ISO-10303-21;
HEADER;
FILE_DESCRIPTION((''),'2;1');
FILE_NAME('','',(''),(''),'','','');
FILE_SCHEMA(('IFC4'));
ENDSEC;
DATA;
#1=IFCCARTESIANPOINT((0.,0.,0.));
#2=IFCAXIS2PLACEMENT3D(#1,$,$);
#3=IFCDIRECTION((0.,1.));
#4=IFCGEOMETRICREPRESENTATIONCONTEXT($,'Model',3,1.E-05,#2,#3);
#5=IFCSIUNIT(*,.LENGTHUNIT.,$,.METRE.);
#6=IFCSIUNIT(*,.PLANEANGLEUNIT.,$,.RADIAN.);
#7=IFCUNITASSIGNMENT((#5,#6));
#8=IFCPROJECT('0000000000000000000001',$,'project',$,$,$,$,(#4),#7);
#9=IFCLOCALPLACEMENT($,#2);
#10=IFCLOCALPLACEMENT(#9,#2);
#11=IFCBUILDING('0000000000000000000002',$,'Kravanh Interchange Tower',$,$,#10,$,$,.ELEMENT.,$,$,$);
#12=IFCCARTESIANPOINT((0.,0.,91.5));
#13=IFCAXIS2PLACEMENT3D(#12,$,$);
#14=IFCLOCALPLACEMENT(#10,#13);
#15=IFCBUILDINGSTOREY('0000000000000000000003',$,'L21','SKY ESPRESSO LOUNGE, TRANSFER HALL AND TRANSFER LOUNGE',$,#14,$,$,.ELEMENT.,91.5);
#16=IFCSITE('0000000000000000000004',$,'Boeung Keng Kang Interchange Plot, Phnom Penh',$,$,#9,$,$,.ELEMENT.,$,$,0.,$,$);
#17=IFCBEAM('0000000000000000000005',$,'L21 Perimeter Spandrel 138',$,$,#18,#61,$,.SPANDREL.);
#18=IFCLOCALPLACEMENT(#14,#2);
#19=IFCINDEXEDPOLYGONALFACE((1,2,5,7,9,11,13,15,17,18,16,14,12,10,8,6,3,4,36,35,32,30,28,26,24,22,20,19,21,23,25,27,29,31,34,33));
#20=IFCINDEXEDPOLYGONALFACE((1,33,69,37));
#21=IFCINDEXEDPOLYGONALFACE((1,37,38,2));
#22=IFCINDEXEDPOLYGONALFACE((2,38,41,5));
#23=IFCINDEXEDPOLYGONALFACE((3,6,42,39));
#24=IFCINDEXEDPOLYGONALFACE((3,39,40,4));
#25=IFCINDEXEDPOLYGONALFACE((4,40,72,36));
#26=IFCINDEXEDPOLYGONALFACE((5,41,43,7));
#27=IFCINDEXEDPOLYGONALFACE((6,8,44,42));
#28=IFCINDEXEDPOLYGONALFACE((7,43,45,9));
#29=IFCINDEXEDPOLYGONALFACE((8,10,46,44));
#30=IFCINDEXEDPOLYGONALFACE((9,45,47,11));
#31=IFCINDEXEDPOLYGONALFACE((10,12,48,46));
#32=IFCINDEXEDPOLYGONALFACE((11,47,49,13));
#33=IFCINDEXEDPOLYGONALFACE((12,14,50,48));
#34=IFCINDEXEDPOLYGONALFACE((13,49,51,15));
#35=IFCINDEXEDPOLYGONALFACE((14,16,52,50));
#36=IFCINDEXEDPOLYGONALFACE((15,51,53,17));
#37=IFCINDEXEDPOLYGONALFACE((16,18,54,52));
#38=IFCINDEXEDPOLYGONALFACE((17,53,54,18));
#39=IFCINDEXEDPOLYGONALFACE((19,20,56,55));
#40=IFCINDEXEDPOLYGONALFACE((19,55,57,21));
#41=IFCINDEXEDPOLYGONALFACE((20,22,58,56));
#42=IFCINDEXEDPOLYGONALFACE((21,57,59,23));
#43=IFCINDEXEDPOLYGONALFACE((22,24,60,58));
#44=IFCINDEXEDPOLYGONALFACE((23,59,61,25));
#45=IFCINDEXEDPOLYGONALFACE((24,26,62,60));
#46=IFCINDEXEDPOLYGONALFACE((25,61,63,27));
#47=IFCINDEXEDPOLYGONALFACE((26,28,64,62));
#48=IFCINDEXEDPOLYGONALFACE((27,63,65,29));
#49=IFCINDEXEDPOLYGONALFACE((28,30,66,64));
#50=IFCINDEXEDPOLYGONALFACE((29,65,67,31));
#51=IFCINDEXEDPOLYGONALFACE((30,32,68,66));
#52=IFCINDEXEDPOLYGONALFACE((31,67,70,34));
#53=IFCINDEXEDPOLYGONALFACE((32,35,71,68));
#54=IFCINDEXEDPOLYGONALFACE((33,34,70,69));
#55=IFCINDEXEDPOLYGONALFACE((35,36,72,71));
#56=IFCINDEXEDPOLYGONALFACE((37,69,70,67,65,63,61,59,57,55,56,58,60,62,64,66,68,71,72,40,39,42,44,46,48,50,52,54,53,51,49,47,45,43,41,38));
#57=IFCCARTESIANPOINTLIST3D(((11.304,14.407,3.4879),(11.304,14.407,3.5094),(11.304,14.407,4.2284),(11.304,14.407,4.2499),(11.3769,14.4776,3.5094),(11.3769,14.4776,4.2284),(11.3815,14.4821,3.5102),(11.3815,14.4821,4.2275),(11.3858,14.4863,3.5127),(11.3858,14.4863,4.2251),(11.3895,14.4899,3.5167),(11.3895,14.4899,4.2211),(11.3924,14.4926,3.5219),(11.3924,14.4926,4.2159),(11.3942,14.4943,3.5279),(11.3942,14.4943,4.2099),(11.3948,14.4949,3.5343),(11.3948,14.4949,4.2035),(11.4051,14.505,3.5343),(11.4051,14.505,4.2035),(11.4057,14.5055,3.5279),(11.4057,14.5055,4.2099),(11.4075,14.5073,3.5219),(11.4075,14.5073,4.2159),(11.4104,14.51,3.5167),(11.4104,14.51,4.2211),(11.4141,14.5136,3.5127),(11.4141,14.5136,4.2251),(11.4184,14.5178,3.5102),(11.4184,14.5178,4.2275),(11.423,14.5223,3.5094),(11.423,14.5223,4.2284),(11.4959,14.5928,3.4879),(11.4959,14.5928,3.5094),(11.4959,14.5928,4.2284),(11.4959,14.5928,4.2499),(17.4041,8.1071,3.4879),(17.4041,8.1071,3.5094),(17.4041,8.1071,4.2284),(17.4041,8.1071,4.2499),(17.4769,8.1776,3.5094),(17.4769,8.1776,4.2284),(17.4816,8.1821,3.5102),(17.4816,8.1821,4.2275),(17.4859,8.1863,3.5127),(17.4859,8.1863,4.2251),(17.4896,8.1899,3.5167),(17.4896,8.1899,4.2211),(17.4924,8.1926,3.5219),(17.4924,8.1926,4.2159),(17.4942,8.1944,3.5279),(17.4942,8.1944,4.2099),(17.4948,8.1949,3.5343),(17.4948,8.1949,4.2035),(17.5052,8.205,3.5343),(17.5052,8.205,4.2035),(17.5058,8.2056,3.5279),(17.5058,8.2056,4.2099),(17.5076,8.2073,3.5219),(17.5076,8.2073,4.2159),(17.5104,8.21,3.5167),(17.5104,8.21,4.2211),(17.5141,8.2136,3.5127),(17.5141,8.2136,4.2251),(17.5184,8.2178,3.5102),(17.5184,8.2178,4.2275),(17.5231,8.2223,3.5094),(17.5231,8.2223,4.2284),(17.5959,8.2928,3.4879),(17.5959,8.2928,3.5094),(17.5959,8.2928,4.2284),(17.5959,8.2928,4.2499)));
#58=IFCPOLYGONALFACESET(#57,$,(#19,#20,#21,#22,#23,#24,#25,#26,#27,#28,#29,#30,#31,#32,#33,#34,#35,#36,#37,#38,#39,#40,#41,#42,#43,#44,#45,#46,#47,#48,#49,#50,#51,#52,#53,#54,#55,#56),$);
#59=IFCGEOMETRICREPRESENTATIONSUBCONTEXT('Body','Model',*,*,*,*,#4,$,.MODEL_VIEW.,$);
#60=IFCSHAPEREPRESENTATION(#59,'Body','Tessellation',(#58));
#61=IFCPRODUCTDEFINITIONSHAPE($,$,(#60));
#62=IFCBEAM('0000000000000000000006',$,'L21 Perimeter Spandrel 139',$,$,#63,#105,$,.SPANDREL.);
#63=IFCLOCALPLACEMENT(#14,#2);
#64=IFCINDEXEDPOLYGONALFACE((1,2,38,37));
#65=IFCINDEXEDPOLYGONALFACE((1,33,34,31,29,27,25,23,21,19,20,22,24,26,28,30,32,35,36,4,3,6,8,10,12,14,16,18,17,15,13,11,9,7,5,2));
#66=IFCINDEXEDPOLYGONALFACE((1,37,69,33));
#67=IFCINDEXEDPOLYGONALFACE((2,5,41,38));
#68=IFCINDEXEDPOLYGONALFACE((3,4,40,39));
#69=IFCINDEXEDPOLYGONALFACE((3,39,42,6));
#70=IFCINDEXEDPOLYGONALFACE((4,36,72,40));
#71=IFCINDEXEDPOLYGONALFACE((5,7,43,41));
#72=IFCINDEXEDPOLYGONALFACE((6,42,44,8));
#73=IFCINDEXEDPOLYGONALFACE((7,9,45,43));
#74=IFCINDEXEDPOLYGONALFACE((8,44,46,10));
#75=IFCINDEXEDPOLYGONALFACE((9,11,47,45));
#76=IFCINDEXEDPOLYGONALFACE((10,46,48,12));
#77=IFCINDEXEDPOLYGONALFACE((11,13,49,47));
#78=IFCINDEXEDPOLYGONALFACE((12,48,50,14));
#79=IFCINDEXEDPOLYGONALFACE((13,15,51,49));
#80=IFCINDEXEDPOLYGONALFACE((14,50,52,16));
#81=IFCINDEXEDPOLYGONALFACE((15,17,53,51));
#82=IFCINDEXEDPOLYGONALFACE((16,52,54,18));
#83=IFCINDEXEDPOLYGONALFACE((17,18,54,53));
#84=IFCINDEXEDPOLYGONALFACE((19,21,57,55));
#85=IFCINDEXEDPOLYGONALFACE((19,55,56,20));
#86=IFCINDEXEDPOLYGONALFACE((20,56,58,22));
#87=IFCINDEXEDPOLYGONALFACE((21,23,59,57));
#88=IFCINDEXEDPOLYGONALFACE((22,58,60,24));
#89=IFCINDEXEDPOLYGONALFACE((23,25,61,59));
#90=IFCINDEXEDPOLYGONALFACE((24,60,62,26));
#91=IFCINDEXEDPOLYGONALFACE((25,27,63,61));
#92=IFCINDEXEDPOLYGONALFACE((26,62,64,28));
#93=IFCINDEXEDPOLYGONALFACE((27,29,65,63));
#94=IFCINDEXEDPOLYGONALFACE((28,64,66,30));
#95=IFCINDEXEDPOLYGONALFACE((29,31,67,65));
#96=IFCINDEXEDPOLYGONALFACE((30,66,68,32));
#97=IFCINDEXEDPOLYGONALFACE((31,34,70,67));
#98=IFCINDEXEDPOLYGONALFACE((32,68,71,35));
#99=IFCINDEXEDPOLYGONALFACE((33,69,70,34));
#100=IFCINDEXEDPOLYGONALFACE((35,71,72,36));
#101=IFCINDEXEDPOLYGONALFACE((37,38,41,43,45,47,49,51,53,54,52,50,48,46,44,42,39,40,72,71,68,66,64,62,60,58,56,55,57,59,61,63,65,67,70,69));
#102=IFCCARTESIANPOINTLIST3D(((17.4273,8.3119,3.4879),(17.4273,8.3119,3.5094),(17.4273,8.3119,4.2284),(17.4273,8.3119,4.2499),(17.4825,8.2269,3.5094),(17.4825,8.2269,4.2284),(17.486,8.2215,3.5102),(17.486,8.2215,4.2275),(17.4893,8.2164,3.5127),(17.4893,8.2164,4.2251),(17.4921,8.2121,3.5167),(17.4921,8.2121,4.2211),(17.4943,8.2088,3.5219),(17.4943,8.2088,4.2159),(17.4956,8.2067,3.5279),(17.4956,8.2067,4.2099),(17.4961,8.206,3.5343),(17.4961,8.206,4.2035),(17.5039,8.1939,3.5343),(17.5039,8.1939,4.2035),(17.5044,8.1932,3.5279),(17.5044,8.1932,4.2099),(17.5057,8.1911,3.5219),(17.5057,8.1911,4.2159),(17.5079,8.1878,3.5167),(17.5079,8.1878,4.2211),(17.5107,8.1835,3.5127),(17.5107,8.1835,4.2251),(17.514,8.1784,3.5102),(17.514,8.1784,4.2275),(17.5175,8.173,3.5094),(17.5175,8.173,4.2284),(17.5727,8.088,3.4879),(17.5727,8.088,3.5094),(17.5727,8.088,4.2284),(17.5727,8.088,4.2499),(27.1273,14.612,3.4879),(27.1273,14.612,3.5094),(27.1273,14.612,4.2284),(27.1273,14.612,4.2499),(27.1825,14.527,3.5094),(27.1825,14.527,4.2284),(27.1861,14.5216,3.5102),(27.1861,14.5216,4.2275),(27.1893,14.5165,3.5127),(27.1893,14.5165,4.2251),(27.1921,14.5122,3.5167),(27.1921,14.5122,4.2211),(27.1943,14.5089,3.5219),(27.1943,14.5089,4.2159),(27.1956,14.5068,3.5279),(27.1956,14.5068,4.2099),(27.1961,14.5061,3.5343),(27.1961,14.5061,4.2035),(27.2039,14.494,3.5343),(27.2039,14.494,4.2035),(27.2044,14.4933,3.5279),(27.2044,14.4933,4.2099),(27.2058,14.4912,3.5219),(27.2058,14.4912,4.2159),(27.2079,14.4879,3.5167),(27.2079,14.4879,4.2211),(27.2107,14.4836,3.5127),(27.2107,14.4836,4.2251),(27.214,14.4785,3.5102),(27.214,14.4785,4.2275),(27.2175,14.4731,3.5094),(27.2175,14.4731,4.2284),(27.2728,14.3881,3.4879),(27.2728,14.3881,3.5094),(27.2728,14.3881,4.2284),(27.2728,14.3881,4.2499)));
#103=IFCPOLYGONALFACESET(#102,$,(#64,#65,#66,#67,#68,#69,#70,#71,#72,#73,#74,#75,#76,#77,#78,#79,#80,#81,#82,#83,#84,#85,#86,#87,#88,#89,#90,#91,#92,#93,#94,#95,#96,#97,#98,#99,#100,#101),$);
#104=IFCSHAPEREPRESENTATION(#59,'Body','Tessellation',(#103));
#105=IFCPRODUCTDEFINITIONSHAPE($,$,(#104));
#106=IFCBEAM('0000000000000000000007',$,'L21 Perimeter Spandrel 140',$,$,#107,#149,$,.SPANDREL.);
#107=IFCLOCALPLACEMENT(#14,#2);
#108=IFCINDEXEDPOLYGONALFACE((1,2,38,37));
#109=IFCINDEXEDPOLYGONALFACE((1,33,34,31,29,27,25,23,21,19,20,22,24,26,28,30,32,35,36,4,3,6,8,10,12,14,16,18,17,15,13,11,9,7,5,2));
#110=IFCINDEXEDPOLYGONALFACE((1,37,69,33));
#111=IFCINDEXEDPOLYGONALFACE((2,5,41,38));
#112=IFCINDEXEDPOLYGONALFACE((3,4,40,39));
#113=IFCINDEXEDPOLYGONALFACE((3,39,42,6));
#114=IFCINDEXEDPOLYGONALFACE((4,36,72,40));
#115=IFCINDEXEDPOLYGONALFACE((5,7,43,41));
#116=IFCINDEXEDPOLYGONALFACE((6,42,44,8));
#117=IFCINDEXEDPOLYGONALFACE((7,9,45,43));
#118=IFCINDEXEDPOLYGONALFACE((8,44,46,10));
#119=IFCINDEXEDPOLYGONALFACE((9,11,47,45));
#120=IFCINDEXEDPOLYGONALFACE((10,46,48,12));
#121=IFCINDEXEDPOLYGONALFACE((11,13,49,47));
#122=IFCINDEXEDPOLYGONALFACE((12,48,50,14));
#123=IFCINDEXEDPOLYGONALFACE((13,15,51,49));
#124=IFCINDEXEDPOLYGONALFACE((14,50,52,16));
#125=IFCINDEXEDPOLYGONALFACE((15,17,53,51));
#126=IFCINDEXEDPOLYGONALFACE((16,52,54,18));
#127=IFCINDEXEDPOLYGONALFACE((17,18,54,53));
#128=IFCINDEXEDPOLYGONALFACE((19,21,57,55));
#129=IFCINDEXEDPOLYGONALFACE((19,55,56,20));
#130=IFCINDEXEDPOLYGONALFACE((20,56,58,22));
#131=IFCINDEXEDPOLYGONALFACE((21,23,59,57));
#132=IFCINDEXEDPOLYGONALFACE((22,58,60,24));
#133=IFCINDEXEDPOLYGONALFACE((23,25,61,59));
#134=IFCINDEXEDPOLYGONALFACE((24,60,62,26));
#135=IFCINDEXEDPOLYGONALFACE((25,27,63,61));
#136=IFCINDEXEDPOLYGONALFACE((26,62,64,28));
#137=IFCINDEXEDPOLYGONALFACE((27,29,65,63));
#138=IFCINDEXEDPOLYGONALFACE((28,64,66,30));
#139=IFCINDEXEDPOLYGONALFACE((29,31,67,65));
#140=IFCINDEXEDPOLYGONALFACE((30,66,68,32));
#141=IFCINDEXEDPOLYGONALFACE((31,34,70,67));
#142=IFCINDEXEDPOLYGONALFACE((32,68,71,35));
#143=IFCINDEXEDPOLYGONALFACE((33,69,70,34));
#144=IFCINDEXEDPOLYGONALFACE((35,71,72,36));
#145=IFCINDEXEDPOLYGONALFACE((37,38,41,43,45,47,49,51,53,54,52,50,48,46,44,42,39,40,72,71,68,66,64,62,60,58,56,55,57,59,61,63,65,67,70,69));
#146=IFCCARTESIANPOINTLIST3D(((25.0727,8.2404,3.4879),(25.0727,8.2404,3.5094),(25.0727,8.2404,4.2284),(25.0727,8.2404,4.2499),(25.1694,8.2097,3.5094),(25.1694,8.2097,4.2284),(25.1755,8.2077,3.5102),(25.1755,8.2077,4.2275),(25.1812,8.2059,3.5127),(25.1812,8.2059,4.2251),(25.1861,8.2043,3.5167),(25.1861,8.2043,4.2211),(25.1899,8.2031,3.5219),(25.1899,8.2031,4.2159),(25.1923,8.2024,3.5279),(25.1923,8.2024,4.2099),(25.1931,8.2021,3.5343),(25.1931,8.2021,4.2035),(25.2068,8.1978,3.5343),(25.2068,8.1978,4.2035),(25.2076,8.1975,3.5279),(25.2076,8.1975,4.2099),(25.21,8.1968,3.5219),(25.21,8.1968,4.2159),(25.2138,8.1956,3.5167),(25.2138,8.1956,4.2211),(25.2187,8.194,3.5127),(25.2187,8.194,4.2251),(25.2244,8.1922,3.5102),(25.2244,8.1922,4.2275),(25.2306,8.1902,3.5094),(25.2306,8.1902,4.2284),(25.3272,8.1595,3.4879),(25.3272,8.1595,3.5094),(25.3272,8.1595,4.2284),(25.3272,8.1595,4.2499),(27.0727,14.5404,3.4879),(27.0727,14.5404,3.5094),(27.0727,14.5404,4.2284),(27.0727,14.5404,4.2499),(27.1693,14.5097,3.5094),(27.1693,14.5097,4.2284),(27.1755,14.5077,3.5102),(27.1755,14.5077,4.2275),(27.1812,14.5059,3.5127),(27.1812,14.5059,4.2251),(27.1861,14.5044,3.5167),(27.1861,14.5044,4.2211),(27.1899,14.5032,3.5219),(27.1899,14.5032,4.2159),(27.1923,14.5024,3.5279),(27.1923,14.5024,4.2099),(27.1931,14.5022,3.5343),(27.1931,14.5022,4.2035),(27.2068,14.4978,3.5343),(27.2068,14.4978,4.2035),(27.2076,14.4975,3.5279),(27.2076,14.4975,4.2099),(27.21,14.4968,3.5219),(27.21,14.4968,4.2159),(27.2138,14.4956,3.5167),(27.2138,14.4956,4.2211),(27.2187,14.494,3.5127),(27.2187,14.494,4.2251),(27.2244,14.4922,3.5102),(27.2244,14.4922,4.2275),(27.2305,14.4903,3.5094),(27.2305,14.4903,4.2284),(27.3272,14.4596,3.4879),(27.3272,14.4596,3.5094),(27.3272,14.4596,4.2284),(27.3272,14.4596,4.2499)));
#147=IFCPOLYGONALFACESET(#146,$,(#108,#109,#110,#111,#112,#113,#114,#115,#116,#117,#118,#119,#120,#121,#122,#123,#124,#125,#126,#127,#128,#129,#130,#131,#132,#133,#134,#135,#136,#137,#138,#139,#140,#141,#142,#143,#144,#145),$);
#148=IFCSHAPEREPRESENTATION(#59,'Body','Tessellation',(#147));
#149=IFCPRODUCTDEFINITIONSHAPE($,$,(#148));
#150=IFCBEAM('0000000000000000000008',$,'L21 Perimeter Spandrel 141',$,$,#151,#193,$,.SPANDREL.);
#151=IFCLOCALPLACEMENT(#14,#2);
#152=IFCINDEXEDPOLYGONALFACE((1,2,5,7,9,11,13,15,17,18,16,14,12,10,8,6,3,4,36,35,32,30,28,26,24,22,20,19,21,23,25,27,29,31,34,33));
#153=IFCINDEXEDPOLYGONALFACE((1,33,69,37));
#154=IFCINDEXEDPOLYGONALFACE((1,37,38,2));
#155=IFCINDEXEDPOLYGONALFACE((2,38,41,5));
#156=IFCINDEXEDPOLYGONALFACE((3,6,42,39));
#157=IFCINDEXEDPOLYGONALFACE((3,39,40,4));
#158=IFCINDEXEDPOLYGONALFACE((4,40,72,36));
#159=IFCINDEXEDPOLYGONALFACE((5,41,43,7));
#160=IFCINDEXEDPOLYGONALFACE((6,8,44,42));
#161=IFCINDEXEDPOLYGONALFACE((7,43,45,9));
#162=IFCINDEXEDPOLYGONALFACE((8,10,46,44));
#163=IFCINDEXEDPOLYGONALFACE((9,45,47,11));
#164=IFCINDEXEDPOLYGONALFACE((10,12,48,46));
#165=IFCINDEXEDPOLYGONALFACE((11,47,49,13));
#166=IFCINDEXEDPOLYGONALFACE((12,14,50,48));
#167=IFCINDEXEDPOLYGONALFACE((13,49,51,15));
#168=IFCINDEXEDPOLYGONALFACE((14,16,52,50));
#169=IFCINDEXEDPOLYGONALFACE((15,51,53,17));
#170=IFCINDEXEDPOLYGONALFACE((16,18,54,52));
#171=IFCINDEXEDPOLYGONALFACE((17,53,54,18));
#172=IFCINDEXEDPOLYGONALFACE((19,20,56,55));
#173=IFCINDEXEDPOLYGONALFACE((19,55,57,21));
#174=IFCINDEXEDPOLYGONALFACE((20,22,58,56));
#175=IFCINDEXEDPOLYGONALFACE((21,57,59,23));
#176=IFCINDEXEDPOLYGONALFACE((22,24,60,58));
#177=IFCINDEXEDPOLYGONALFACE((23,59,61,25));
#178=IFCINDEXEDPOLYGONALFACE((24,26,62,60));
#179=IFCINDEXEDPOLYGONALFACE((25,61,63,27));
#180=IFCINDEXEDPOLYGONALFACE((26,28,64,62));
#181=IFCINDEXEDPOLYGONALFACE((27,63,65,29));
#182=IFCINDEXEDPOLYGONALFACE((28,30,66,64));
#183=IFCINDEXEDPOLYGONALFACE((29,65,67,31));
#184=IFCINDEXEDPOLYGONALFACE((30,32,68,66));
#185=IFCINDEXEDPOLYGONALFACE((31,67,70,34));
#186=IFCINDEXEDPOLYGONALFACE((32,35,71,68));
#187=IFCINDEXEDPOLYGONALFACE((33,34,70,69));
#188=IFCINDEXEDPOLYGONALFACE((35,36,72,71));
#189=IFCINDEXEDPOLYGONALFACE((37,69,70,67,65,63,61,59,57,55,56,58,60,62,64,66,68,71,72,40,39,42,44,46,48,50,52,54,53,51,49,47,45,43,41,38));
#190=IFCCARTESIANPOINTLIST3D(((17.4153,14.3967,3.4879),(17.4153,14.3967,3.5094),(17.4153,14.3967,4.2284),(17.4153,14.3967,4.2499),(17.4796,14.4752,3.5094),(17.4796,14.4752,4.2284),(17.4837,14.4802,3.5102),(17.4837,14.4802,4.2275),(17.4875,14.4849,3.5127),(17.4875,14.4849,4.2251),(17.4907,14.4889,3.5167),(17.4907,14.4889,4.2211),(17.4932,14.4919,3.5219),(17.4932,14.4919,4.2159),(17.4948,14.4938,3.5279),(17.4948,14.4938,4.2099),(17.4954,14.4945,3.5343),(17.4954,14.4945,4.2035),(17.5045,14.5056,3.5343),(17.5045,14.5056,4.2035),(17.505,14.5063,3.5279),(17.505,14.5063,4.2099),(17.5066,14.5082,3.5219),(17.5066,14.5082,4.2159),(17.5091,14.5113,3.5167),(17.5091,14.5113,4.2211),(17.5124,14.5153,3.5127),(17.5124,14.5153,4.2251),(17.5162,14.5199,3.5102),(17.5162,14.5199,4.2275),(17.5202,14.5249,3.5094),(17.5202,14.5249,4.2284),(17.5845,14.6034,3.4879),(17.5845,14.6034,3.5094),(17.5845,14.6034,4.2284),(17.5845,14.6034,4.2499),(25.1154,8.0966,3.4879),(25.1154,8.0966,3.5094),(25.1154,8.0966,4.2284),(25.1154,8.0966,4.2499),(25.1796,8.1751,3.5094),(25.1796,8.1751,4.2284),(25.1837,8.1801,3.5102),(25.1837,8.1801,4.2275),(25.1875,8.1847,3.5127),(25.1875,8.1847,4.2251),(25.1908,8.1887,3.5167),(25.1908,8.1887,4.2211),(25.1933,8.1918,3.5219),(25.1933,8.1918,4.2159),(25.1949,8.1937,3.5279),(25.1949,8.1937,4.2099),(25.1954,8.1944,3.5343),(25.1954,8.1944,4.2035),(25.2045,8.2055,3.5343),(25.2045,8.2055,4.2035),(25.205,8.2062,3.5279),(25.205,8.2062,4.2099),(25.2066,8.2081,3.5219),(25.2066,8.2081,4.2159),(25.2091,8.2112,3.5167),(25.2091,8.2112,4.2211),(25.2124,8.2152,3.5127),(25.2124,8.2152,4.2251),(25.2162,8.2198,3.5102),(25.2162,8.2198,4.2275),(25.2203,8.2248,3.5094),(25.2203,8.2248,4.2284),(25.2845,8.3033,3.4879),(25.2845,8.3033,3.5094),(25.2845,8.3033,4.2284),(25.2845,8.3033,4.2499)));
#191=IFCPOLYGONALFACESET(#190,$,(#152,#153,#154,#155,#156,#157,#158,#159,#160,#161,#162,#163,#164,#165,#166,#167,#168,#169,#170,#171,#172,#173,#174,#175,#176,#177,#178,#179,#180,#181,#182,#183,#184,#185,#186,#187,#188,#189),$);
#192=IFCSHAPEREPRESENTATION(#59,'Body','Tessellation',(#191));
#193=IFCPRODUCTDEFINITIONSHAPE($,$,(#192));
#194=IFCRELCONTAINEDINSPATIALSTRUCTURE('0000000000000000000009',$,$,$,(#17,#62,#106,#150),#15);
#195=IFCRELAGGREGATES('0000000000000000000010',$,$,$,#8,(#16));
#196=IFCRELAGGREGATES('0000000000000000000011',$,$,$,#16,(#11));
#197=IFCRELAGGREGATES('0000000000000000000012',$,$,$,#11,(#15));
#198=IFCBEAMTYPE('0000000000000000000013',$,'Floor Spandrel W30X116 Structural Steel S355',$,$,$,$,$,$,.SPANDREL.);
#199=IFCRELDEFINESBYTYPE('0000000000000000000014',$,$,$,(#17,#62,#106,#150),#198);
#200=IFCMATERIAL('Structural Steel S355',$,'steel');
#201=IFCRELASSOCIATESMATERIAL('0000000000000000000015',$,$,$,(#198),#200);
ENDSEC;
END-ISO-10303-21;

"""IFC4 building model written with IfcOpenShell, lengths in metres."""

from ifc_helpers import new_model, si_unit, direction, frame, origin, origin_2d, place, context, subcontext, project, spatial, i_section, extrude, material, material_profile, profile_set, type_object, element, save


model = new_model("IFC4")

# Units and contexts
model_context = context("Model", 3, precision=1e-05, world=origin(), true_north=direction((0.0, 1.0)))
body_context = subcontext(model_context, "Body", "Model", "MODEL_VIEW")
ifc_project = project(units=[si_unit("LENGTHUNIT", "METRE"), si_unit("PLANEANGLEUNIT", "RADIAN")], contexts=[model_context])

# Site, building, storey
site_placement = place(None, origin())
site = spatial("IfcSite", under=ifc_project, at=site_placement, Name="Boeung Keng Kang Interchange Plot, Phnom Penh", CompositionType="ELEMENT", RefElevation=0.0)
building_placement = place(site_placement, origin())
building = spatial("IfcBuilding", under=site, at=building_placement, Name="Kravanh Interchange Tower", CompositionType="ELEMENT")
storey_placement = place(building_placement, frame((0.0, 0.0, 91.5)))
storey = spatial("IfcBuildingStorey", under=building, at=storey_placement, Name="L21", Description="SKY ESPRESSO LOUNGE, TRANSFER HALL AND TRANSFER LOUNGE", CompositionType="ELEMENT", Elevation=91.5)

# Beams
ifc_material_1 = material(Name="Structural Steel S355", Category="steel")
ifc_material_profile_1 = material_profile(ifc_material_1, i_section(OverallWidth=0.2671, OverallDepth=0.762, WebThickness=0.0144, FlangeThickness=0.0215, FilletRadius=0.0249, at=origin_2d()), Name="W30X116")
ifc_profile_set_1 = profile_set([ifc_material_profile_1], Name="Structural Steel S355")
beam_type_1 = type_object("IfcBeamType", Name="Floor Spandrel W30X116 Structural Steel S355", PredefinedType="SPANDREL", material=ifc_profile_set_1)
beam_1_placement = place(storey_placement, frame((17.5, 8.2, 3.8689), z_axis=(-0.695614, 0.718415, 0.0), x_axis=(-0.718415, -0.695614, 0.0)))
element("IfcBeam", 1, at=beam_1_placement, inside=storey, type_object=beam_type_1, Name="L21 Perimeter Spandrel 138", PredefinedType="SPANDREL", context=body_context, shape_type="SweptSolid", body=[
    extrude(i_section(OverallWidth=0.2671, OverallDepth=0.762, WebThickness=0.0144, FlangeThickness=0.0215, FilletRadius=0.0249, at=origin_2d()), origin(), (0.0, 0.0, 1.0), 8.7693),
])
beam_2_placement = place(storey_placement, frame((17.5, 8.2, 3.8689), z_axis=(0.838638, 0.544689, 0.0), x_axis=(-0.544689, 0.838638, 0.0)))
element("IfcBeam", 2, at=beam_2_placement, inside=storey, type_object=beam_type_1, Name="L21 Perimeter Spandrel 139", PredefinedType="SPANDREL", context=body_context, shape_type="SweptSolid", body=[
    extrude(i_section(OverallWidth=0.2671, OverallDepth=0.762, WebThickness=0.0144, FlangeThickness=0.0215, FilletRadius=0.0249, at=origin_2d()), origin(), (0.0, 0.0, 1.0), 11.5664),
])
beam_3_placement = place(storey_placement, frame((25.2, 8.2, 3.8689), z_axis=(0.302577, 0.953125, 0.0), x_axis=(-0.953125, 0.302577, 0.0)))
element("IfcBeam", 3, at=beam_3_placement, inside=storey, type_object=beam_type_1, Name="L21 Perimeter Spandrel 140", PredefinedType="SPANDREL", context=body_context, shape_type="SweptSolid", body=[
    extrude(i_section(OverallWidth=0.2671, OverallDepth=0.762, WebThickness=0.0144, FlangeThickness=0.0215, FilletRadius=0.0249, at=origin_2d()), origin(), (0.0, 0.0, 1.0), 6.6099),
])
beam_4_placement = place(storey_placement, frame((25.2, 8.2, 3.8689), z_axis=(-0.773953, 0.633243, 0.0), x_axis=(-0.633243, -0.773953, 0.0)))
element("IfcBeam", 4, at=beam_4_placement, inside=storey, type_object=beam_type_1, Name="L21 Perimeter Spandrel 141", PredefinedType="SPANDREL", context=body_context, shape_type="SweptSolid", body=[
    extrude(i_section(OverallWidth=0.2671, OverallDepth=0.762, WebThickness=0.0144, FlangeThickness=0.0215, FilletRadius=0.0249, at=origin_2d()), origin(), (0.0, 0.0, 1.0), 9.949),
])

save(model, "model.ifc")
